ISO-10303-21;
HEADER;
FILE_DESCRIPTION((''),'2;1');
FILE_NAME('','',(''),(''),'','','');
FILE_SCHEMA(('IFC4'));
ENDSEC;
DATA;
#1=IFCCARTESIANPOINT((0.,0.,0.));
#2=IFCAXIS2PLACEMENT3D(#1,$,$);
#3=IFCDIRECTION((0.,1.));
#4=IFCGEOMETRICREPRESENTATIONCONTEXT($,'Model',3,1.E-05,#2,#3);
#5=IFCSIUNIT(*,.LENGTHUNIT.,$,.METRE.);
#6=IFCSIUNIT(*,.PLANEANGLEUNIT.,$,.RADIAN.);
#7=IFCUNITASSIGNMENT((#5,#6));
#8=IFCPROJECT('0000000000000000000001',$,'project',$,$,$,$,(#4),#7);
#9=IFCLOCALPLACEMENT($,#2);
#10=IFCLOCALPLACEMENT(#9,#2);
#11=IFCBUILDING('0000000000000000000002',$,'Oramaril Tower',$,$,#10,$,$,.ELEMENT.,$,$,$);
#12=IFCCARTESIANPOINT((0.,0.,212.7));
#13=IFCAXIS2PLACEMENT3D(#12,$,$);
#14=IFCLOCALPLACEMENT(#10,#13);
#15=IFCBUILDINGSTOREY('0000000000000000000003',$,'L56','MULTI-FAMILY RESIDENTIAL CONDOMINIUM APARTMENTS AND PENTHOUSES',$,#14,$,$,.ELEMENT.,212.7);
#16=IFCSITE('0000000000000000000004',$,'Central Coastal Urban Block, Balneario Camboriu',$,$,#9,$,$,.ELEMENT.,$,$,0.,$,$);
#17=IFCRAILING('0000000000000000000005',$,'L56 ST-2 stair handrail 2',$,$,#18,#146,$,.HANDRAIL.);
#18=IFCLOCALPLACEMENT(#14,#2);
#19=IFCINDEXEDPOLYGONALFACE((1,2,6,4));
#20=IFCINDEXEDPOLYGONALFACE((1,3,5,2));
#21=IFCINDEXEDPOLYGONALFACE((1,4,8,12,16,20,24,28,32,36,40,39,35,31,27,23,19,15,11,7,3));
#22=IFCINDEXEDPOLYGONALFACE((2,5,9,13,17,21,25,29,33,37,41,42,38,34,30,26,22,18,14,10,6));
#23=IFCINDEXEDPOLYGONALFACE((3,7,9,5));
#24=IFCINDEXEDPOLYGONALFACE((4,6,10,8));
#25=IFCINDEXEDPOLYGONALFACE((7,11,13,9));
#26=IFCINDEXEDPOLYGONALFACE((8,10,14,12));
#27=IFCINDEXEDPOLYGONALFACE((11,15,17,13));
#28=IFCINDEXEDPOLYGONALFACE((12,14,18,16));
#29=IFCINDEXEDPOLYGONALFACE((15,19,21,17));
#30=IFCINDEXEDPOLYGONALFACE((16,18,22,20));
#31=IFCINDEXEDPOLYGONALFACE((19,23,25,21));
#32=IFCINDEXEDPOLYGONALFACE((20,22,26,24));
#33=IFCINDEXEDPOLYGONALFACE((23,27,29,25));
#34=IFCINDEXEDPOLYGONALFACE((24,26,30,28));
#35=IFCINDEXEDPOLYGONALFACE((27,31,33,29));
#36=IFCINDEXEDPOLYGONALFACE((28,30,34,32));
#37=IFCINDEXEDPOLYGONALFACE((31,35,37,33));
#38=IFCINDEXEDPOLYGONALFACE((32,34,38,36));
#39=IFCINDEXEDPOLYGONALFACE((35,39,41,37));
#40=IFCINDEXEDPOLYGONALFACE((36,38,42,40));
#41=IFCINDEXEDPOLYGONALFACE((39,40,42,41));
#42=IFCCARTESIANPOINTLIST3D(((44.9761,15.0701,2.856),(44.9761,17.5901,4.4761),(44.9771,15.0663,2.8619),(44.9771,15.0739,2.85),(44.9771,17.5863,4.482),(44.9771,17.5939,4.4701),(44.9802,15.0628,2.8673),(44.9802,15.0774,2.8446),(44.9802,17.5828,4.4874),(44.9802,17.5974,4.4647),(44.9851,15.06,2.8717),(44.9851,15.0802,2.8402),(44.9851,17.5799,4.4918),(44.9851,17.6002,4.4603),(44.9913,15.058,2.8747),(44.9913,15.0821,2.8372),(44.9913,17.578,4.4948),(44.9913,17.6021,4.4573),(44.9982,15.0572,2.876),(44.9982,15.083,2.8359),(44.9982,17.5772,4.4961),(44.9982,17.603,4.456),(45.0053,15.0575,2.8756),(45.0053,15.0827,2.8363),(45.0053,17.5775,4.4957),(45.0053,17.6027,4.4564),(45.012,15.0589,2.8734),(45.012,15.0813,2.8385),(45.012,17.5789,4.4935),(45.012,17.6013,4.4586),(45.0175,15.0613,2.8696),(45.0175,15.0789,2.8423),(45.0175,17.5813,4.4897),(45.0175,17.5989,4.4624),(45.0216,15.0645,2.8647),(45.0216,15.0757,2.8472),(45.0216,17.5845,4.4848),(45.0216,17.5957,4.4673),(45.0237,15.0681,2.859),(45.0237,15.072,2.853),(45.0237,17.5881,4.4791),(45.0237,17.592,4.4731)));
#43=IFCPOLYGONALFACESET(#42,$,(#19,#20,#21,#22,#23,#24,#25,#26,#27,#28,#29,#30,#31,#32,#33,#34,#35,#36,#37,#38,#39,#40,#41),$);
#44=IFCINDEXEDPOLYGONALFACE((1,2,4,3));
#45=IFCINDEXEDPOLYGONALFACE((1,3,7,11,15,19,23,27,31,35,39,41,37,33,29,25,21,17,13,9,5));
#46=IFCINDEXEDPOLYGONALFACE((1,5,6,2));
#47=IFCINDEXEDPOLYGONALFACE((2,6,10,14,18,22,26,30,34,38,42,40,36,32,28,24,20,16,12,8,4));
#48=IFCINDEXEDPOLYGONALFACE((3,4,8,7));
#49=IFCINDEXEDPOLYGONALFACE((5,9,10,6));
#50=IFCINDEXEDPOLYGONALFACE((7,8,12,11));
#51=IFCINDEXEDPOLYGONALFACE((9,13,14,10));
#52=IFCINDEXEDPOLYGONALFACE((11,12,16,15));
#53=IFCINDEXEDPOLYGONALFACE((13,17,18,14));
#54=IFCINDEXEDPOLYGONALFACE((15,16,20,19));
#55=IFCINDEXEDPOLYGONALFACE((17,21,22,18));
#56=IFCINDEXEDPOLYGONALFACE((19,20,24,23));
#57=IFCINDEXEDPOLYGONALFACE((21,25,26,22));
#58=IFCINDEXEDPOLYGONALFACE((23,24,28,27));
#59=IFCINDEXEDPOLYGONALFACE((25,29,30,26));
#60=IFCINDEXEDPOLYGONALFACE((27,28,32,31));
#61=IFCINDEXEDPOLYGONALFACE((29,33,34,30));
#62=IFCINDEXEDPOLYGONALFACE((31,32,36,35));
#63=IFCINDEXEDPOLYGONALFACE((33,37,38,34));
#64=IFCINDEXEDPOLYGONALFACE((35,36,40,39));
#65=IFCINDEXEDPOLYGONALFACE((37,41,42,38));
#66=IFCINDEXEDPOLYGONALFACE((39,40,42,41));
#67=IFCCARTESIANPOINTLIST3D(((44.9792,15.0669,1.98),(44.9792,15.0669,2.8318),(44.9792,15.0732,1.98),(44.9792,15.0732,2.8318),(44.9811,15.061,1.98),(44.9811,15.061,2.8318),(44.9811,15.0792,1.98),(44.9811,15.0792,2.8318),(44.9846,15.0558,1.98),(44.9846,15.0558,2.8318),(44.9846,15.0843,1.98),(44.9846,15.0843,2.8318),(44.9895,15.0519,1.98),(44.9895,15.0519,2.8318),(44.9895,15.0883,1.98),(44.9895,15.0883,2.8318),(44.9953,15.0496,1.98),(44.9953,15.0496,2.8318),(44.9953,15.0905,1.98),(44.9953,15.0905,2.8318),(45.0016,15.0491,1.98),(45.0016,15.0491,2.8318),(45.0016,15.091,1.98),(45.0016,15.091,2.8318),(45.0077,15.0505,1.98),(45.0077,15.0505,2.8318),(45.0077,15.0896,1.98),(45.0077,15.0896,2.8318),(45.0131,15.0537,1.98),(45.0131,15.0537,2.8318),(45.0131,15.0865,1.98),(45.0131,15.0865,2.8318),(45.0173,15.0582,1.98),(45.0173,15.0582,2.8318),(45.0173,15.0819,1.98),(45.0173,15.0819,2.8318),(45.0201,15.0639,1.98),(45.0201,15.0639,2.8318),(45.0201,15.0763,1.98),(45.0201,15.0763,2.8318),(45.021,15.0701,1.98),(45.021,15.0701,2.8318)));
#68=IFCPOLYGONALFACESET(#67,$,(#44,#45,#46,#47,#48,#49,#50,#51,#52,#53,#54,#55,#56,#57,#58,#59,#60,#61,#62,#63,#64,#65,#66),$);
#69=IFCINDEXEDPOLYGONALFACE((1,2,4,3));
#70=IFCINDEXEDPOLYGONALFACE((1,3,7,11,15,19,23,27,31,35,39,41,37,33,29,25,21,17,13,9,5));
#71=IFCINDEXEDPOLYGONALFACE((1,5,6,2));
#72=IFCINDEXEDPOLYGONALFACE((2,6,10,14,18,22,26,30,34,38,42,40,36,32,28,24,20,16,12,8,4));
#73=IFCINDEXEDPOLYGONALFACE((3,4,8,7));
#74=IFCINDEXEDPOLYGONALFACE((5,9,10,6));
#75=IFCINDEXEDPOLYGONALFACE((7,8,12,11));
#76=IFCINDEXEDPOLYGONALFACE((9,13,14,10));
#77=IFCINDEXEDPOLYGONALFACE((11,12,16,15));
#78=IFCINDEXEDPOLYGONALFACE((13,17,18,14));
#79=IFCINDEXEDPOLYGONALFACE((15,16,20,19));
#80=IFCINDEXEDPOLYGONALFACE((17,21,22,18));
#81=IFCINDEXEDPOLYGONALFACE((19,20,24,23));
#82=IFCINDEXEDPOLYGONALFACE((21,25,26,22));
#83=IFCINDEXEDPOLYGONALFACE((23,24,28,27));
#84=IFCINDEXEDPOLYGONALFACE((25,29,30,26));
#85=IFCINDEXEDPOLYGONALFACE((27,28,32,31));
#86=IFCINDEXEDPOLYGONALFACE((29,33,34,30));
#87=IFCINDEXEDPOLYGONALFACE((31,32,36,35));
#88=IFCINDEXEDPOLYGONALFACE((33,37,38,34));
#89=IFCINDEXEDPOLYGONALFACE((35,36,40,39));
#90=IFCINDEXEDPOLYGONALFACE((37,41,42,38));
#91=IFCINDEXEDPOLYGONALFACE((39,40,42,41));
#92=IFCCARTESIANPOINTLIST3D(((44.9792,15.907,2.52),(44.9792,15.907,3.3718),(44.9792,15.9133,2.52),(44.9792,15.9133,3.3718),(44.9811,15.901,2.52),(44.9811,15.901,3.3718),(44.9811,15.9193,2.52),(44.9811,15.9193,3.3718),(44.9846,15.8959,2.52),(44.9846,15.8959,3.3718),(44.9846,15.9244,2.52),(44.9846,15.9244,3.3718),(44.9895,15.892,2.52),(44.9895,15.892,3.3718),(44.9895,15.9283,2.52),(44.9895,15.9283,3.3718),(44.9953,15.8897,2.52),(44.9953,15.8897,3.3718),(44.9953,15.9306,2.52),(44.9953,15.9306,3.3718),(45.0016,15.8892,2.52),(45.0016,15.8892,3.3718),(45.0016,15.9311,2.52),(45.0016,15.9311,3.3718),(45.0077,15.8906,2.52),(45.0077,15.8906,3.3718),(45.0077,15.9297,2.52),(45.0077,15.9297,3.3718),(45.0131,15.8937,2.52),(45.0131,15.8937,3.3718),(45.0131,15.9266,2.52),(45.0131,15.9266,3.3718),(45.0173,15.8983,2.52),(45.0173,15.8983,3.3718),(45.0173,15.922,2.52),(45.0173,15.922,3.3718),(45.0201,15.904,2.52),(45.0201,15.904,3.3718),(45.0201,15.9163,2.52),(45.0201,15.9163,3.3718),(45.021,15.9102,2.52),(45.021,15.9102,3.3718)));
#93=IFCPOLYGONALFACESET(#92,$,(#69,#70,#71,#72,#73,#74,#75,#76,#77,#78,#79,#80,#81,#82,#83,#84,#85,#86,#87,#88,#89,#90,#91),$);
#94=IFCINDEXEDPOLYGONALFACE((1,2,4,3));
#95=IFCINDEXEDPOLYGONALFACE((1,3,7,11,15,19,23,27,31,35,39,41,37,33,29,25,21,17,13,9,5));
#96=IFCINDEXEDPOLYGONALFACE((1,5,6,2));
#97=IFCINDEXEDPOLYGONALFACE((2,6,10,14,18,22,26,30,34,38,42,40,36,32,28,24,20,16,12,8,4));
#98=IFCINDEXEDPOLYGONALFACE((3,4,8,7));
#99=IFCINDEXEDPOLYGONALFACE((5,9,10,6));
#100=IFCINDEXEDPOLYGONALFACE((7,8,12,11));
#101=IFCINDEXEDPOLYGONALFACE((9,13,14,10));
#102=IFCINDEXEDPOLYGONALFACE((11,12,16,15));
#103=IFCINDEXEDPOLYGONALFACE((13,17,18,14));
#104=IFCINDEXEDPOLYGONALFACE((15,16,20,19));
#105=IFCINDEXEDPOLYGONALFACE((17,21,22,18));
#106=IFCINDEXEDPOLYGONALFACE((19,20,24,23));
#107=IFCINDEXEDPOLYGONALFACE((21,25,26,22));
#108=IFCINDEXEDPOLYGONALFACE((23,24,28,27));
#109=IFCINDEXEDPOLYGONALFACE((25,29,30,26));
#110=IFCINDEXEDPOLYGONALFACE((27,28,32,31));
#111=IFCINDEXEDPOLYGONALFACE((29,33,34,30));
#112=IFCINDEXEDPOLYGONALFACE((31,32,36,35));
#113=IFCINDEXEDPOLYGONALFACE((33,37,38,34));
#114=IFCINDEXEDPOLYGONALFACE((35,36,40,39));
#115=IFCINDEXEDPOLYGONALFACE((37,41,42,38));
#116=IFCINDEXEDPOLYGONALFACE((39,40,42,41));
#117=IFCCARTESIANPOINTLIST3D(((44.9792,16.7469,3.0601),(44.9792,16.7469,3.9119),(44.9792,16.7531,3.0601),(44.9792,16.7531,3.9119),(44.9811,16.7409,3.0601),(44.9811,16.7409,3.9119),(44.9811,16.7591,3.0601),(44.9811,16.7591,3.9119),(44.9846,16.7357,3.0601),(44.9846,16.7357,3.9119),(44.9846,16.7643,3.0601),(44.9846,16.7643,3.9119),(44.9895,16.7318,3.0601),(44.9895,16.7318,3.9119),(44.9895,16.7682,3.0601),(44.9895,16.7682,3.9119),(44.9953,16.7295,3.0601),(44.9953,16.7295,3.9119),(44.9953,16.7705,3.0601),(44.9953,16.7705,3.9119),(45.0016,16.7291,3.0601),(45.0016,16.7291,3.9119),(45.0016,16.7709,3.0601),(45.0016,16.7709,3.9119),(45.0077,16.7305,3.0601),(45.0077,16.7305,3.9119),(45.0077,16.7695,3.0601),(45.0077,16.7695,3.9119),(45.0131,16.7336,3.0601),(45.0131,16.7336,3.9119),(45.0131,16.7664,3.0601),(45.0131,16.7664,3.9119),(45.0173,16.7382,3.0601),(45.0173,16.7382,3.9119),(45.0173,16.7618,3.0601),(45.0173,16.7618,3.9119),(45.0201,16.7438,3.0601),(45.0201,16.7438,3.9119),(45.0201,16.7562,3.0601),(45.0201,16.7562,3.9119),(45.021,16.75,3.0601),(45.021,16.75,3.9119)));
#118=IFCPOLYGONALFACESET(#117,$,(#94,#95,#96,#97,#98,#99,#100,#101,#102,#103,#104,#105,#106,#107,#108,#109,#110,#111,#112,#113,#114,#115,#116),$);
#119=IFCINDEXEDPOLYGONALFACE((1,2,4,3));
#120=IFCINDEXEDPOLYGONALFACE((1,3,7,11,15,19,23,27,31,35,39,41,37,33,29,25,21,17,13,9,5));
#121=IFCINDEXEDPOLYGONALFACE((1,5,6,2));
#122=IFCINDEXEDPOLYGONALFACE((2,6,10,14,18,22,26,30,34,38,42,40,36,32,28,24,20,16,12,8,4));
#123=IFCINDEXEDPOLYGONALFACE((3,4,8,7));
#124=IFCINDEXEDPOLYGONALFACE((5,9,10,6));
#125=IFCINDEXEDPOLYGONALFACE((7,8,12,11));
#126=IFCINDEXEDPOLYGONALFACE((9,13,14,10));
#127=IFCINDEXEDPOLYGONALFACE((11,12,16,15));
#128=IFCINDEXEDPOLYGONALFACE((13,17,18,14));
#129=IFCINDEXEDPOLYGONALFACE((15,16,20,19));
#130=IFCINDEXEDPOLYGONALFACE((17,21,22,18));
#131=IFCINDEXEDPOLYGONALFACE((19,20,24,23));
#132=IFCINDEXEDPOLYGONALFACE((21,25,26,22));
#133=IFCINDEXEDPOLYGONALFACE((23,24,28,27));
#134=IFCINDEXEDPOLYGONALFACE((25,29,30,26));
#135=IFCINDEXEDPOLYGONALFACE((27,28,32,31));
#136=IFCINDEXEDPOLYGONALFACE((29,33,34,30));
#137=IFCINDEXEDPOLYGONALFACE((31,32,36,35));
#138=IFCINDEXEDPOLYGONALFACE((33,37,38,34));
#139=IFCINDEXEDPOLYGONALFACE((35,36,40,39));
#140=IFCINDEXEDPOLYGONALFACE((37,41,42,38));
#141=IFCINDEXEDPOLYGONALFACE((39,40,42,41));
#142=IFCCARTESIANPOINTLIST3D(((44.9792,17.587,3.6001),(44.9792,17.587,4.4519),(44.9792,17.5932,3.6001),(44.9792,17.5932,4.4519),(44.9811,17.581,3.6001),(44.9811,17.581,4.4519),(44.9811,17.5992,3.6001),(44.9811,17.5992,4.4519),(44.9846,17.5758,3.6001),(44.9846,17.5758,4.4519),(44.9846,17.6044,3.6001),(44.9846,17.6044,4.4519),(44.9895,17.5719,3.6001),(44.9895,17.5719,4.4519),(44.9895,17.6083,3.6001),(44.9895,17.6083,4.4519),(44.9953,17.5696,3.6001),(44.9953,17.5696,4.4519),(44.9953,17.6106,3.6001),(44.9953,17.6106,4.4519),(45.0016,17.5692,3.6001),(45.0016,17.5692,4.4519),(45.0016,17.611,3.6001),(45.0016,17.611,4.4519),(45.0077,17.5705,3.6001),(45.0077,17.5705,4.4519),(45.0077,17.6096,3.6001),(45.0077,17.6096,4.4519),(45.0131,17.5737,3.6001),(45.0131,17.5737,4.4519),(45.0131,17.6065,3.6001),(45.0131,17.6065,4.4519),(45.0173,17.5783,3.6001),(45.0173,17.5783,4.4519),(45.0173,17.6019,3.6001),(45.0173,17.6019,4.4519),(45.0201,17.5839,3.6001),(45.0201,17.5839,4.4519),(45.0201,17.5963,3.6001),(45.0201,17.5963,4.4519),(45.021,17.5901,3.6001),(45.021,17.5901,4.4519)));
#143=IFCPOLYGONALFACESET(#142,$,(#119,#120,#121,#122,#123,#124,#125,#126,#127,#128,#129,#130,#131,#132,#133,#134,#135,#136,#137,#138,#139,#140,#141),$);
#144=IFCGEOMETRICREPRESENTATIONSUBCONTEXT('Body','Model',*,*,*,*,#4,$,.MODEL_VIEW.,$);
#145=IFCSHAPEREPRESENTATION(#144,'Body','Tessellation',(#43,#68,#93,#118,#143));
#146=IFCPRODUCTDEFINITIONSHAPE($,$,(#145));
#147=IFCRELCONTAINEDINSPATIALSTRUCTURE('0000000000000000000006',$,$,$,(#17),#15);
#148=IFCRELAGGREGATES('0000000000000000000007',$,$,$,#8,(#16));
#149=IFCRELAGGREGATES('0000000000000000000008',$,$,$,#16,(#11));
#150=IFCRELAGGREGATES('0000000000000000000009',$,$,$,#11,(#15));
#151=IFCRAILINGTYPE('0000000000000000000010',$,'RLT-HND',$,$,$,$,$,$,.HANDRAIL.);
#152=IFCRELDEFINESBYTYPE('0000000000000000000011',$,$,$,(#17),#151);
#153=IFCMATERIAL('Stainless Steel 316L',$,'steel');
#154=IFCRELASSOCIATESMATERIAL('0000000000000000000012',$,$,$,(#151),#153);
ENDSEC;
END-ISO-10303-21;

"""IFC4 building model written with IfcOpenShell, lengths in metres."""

from ifc_helpers import new_model, si_unit, direction, frame, origin, origin_2d, place, context, subcontext, project, spatial, circle, extrude, material, type_object, element, save


model = new_model("IFC4")

# Units and contexts
model_context = context("Model", 3, precision=1e-05, world=origin(), true_north=direction((0.0, 1.0)))
body_context = subcontext(model_context, "Body", "Model", "MODEL_VIEW")
ifc_project = project(units=[si_unit("LENGTHUNIT", "METRE"), si_unit("PLANEANGLEUNIT", "RADIAN")], contexts=[model_context])

# Site, building, storey
site_placement = place(None, origin())
site = spatial("IfcSite", under=ifc_project, at=site_placement, Name="Central Coastal Urban Block, Balneario Camboriu", CompositionType="ELEMENT", RefElevation=0.0)
building_placement = place(site_placement, origin())
building = spatial("IfcBuilding", under=site, at=building_placement, Name="Oramaril Tower", CompositionType="ELEMENT")
storey_placement = place(building_placement, frame((0.0, 0.0, 212.7)))
storey = spatial("IfcBuildingStorey", under=building, at=storey_placement, Name="L56", Description="MULTI-FAMILY RESIDENTIAL CONDOMINIUM APARTMENTS AND PENTHOUSES", CompositionType="ELEMENT", Elevation=212.7)

# Railing
ifc_material_1 = material(Name="Stainless Steel 316L", Category="steel")
railing_type_1 = type_object("IfcRailingType", Name="RLT-HND", PredefinedType="HANDRAIL", material=ifc_material_1)
railing_1_placement = place(storey_placement, frame((45.0, 15.0701, 1.98)))
element("IfcRailing", 1, at=railing_1_placement, inside=storey, type_object=railing_type_1, Name="L56 ST-2 stair handrail 2", PredefinedType="HANDRAIL", context=body_context, shape_type="SweptSolid", body=[
    extrude(circle(Radius=0.0239, at=origin_2d()), frame((0.0, 0.0, 0.876), z_axis=(0.0, 0.841163, 0.540782), x_axis=(-1.0, 0.0, 0.0)), (0.0, 0.0, 1.0), 2.9958),
    extrude(circle(Radius=0.021, at=origin_2d()), origin(), (0.0, 0.0, 1.0), 0.8518),
    extrude(circle(Radius=0.021, at=origin_2d()), frame((0.0, 0.8401, 0.54)), (0.0, 0.0, 1.0), 0.8518),
    extrude(circle(Radius=0.021, at=origin_2d()), frame((0.0, 1.6799, 1.0801)), (0.0, 0.0, 1.0), 0.8518),
    extrude(circle(Radius=0.021, at=origin_2d()), frame((0.0, 2.52, 1.6201)), (0.0, 0.0, 1.0), 0.8518),
])

save(model, "model.ifc")
